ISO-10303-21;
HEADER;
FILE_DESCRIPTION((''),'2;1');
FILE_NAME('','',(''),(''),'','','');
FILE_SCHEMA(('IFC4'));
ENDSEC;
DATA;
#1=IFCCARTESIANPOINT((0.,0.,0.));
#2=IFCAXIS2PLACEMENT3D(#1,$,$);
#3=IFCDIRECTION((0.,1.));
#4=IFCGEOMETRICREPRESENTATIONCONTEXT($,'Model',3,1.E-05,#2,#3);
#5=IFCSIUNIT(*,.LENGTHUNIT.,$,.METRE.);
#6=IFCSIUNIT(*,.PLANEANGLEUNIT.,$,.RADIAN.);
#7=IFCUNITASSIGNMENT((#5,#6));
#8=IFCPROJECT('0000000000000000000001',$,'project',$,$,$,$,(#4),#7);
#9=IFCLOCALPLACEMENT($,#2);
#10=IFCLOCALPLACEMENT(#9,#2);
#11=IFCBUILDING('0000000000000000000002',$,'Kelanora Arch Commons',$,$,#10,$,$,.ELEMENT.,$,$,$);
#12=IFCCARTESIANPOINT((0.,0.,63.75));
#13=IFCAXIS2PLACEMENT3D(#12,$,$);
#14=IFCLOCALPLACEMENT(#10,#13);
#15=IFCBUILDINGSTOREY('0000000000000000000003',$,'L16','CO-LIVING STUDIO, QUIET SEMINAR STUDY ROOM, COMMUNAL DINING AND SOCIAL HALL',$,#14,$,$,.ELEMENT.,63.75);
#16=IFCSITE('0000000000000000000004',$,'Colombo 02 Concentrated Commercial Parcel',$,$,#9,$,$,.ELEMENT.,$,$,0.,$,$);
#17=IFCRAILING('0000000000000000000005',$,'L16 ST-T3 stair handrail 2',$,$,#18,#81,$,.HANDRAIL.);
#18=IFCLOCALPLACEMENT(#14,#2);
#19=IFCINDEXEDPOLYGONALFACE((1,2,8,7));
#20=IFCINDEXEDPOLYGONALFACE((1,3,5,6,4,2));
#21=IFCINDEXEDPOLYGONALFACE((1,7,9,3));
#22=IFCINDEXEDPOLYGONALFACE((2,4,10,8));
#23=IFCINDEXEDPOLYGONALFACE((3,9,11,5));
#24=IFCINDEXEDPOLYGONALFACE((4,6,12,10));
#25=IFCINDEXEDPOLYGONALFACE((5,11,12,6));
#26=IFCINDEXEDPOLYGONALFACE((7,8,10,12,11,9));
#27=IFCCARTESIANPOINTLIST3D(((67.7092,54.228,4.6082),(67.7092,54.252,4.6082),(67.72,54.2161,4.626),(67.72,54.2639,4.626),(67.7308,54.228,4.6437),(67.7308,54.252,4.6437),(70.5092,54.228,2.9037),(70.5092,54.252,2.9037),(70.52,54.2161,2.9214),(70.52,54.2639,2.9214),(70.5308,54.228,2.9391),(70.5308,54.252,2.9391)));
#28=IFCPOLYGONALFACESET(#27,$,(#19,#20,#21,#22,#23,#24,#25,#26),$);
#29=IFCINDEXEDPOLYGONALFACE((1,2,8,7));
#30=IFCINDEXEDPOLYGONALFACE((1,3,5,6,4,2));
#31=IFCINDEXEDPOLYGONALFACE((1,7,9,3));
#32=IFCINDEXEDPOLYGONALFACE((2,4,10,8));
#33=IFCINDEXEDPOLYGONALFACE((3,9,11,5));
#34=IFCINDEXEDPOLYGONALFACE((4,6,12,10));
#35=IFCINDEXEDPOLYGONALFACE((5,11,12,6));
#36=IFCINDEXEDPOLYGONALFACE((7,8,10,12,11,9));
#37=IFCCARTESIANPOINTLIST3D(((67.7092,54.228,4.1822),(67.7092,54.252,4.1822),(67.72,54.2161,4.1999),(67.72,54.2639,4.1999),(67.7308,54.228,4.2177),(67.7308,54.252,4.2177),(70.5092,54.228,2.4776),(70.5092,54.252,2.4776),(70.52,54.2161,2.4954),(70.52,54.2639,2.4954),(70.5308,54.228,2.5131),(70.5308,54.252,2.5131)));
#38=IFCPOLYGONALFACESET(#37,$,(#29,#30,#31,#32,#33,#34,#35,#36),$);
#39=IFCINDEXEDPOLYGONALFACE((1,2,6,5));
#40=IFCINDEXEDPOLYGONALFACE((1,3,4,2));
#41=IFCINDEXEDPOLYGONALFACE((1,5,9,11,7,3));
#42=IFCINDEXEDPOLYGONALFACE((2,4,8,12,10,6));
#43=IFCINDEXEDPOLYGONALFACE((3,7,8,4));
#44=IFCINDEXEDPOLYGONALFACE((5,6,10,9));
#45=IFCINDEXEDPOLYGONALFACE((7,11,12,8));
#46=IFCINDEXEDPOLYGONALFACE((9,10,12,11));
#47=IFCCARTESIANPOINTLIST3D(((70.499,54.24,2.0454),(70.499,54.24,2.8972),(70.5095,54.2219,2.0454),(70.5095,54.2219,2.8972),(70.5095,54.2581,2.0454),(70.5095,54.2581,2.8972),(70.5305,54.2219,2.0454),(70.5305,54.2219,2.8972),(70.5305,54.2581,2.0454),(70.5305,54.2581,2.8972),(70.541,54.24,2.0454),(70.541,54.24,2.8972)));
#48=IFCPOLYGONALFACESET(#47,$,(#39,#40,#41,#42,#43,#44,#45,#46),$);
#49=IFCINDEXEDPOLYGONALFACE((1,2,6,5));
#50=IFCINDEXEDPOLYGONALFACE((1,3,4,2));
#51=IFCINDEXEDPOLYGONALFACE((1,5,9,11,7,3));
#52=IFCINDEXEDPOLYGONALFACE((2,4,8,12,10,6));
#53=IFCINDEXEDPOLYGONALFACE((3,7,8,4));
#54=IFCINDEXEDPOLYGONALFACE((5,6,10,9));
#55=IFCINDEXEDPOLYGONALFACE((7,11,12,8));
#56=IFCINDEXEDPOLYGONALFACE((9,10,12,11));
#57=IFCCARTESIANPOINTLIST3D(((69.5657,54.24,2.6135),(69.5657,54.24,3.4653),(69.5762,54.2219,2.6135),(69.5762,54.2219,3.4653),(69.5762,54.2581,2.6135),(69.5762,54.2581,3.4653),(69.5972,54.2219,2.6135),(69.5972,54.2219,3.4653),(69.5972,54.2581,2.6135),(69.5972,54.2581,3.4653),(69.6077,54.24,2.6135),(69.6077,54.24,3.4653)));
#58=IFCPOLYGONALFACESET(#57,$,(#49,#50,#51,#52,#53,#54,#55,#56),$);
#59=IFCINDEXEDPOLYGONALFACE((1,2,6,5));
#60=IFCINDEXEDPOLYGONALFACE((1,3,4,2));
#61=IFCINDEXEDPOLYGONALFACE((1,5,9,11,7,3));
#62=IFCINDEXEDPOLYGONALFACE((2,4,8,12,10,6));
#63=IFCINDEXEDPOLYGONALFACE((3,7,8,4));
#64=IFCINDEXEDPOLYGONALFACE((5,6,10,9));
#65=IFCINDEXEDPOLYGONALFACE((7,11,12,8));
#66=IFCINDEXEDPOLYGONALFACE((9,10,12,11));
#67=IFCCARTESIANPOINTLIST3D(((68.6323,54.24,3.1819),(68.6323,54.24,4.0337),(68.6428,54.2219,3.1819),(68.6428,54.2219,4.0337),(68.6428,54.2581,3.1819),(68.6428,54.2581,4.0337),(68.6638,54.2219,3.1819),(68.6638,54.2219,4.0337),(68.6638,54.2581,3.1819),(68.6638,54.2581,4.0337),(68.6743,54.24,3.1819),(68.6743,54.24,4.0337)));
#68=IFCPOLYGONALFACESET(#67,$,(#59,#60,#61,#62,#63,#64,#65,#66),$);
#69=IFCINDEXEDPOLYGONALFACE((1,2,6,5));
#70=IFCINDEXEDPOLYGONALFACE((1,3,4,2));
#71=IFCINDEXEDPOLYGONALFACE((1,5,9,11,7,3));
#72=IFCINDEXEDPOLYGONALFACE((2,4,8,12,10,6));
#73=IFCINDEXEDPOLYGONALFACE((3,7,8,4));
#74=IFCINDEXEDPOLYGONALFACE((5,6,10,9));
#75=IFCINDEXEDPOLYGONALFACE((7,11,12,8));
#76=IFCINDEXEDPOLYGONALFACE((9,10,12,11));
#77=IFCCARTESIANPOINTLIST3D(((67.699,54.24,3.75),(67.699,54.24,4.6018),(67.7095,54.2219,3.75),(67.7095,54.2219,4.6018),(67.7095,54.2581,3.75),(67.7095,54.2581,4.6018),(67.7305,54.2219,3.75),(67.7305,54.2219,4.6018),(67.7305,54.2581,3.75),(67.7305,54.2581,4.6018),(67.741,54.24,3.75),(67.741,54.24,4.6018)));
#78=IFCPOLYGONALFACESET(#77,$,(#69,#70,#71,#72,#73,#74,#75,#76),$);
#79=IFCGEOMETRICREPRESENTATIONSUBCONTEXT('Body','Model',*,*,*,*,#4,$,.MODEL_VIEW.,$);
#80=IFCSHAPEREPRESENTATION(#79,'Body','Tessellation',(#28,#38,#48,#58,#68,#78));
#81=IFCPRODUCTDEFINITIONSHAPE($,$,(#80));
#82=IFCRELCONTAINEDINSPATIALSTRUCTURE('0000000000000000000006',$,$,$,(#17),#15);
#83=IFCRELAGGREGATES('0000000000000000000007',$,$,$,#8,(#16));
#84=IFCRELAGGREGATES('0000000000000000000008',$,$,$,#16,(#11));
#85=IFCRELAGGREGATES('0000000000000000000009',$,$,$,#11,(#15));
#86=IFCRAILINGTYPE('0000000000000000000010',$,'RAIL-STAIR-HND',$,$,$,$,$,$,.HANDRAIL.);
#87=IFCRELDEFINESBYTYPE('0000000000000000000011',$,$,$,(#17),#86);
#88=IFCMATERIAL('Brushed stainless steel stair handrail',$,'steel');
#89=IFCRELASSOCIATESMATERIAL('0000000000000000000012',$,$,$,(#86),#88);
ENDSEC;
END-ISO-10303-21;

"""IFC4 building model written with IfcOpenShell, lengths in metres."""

from ifc_helpers import new_model, si_unit, direction, frame, origin, place, context, subcontext, project, spatial, polyline, outline, extrude, material, type_object, element, save


model = new_model("IFC4")

# Units and contexts
model_context = context("Model", 3, precision=1e-05, world=origin(), true_north=direction((0.0, 1.0)))
body_context = subcontext(model_context, "Body", "Model", "MODEL_VIEW")
ifc_project = project(units=[si_unit("LENGTHUNIT", "METRE"), si_unit("PLANEANGLEUNIT", "RADIAN")], contexts=[model_context])

# Site, building, storey
site_placement = place(None, origin())
site = spatial("IfcSite", under=ifc_project, at=site_placement, Name="Colombo 02 Concentrated Commercial Parcel", CompositionType="ELEMENT", RefElevation=0.0)
building_placement = place(site_placement, origin())
building = spatial("IfcBuilding", under=site, at=building_placement, Name="Kelanora Arch Commons", CompositionType="ELEMENT")
storey_placement = place(building_placement, frame((0.0, 0.0, 63.75)))
storey = spatial("IfcBuildingStorey", under=building, at=storey_placement, Name="L16", Description="CO-LIVING STUDIO, QUIET SEMINAR STUDY ROOM, COMMUNAL DINING AND SOCIAL HALL", CompositionType="ELEMENT", Elevation=63.75)

# Railing
ifc_material_1 = material(Name="Brushed stainless steel stair handrail", Category="steel")
railing_type_1 = type_object("IfcRailingType", Name="RAIL-STAIR-HND", PredefinedType="HANDRAIL", material=ifc_material_1)
railing_placement = place(storey_placement, frame((70.52, 54.24, 2.0454)))
element("IfcRailing", 1, at=railing_placement, inside=storey, type_object=railing_type_1, Name="L16 ST-T3 stair handrail 2", PredefinedType="HANDRAIL", context=body_context, shape_type="SweptSolid", body=[
    extrude(outline(polyline([(0.0239, 0.0), (0.012, 0.0208), (-0.012, 0.0208), (-0.0239, 0.0), (-0.012, -0.0208), (0.012, -0.0208), (0.0239, 0.0)])), frame((0.0, 0.0, 0.876), z_axis=(-0.85417, 0.0, 0.519994), x_axis=(0.0, -1.0, 0.0)), (0.0, 0.0, 1.0), 3.2781),
    extrude(outline(polyline([(0.0239, 0.0), (0.012, 0.0208), (-0.012, 0.0208), (-0.0239, 0.0), (-0.012, -0.0208), (0.012, -0.0208), (0.0239, 0.0)])), frame((0.0, 0.0, 0.45), z_axis=(-0.85417, 0.0, 0.519994), x_axis=(0.0, -1.0, 0.0)), (0.0, 0.0, 1.0), 3.2781),
    extrude(outline(polyline([(0.021, 0.0), (0.0105, 0.0181), (-0.0105, 0.0181), (-0.021, 0.0), (-0.0105, -0.0181), (0.0105, -0.0181), (0.021, 0.0)])), origin(), (0.0, 0.0, 1.0), 0.8518),
    extrude(outline(polyline([(0.021, 0.0), (0.0105, 0.0181), (-0.0105, 0.0181), (-0.021, 0.0), (-0.0105, -0.0181), (0.0105, -0.0181), (0.021, 0.0)])), frame((-0.9333, 0.0, 0.5681)), (0.0, 0.0, 1.0), 0.8518),
    extrude(outline(polyline([(0.021, 0.0), (0.0105, 0.0181), (-0.0105, 0.0181), (-0.021, 0.0), (-0.0105, -0.0181), (0.0105, -0.0181), (0.021, 0.0)])), frame((-1.8667, 0.0, 1.1365)), (0.0, 0.0, 1.0), 0.8518),
    extrude(outline(polyline([(0.021, 0.0), (0.0105, 0.0181), (-0.0105, 0.0181), (-0.021, 0.0), (-0.0105, -0.0181), (0.0105, -0.0181), (0.021, 0.0)])), frame((-2.8, 0.0, 1.7046)), (0.0, 0.0, 1.0), 0.8518),
])

save(model, "model.ifc")
